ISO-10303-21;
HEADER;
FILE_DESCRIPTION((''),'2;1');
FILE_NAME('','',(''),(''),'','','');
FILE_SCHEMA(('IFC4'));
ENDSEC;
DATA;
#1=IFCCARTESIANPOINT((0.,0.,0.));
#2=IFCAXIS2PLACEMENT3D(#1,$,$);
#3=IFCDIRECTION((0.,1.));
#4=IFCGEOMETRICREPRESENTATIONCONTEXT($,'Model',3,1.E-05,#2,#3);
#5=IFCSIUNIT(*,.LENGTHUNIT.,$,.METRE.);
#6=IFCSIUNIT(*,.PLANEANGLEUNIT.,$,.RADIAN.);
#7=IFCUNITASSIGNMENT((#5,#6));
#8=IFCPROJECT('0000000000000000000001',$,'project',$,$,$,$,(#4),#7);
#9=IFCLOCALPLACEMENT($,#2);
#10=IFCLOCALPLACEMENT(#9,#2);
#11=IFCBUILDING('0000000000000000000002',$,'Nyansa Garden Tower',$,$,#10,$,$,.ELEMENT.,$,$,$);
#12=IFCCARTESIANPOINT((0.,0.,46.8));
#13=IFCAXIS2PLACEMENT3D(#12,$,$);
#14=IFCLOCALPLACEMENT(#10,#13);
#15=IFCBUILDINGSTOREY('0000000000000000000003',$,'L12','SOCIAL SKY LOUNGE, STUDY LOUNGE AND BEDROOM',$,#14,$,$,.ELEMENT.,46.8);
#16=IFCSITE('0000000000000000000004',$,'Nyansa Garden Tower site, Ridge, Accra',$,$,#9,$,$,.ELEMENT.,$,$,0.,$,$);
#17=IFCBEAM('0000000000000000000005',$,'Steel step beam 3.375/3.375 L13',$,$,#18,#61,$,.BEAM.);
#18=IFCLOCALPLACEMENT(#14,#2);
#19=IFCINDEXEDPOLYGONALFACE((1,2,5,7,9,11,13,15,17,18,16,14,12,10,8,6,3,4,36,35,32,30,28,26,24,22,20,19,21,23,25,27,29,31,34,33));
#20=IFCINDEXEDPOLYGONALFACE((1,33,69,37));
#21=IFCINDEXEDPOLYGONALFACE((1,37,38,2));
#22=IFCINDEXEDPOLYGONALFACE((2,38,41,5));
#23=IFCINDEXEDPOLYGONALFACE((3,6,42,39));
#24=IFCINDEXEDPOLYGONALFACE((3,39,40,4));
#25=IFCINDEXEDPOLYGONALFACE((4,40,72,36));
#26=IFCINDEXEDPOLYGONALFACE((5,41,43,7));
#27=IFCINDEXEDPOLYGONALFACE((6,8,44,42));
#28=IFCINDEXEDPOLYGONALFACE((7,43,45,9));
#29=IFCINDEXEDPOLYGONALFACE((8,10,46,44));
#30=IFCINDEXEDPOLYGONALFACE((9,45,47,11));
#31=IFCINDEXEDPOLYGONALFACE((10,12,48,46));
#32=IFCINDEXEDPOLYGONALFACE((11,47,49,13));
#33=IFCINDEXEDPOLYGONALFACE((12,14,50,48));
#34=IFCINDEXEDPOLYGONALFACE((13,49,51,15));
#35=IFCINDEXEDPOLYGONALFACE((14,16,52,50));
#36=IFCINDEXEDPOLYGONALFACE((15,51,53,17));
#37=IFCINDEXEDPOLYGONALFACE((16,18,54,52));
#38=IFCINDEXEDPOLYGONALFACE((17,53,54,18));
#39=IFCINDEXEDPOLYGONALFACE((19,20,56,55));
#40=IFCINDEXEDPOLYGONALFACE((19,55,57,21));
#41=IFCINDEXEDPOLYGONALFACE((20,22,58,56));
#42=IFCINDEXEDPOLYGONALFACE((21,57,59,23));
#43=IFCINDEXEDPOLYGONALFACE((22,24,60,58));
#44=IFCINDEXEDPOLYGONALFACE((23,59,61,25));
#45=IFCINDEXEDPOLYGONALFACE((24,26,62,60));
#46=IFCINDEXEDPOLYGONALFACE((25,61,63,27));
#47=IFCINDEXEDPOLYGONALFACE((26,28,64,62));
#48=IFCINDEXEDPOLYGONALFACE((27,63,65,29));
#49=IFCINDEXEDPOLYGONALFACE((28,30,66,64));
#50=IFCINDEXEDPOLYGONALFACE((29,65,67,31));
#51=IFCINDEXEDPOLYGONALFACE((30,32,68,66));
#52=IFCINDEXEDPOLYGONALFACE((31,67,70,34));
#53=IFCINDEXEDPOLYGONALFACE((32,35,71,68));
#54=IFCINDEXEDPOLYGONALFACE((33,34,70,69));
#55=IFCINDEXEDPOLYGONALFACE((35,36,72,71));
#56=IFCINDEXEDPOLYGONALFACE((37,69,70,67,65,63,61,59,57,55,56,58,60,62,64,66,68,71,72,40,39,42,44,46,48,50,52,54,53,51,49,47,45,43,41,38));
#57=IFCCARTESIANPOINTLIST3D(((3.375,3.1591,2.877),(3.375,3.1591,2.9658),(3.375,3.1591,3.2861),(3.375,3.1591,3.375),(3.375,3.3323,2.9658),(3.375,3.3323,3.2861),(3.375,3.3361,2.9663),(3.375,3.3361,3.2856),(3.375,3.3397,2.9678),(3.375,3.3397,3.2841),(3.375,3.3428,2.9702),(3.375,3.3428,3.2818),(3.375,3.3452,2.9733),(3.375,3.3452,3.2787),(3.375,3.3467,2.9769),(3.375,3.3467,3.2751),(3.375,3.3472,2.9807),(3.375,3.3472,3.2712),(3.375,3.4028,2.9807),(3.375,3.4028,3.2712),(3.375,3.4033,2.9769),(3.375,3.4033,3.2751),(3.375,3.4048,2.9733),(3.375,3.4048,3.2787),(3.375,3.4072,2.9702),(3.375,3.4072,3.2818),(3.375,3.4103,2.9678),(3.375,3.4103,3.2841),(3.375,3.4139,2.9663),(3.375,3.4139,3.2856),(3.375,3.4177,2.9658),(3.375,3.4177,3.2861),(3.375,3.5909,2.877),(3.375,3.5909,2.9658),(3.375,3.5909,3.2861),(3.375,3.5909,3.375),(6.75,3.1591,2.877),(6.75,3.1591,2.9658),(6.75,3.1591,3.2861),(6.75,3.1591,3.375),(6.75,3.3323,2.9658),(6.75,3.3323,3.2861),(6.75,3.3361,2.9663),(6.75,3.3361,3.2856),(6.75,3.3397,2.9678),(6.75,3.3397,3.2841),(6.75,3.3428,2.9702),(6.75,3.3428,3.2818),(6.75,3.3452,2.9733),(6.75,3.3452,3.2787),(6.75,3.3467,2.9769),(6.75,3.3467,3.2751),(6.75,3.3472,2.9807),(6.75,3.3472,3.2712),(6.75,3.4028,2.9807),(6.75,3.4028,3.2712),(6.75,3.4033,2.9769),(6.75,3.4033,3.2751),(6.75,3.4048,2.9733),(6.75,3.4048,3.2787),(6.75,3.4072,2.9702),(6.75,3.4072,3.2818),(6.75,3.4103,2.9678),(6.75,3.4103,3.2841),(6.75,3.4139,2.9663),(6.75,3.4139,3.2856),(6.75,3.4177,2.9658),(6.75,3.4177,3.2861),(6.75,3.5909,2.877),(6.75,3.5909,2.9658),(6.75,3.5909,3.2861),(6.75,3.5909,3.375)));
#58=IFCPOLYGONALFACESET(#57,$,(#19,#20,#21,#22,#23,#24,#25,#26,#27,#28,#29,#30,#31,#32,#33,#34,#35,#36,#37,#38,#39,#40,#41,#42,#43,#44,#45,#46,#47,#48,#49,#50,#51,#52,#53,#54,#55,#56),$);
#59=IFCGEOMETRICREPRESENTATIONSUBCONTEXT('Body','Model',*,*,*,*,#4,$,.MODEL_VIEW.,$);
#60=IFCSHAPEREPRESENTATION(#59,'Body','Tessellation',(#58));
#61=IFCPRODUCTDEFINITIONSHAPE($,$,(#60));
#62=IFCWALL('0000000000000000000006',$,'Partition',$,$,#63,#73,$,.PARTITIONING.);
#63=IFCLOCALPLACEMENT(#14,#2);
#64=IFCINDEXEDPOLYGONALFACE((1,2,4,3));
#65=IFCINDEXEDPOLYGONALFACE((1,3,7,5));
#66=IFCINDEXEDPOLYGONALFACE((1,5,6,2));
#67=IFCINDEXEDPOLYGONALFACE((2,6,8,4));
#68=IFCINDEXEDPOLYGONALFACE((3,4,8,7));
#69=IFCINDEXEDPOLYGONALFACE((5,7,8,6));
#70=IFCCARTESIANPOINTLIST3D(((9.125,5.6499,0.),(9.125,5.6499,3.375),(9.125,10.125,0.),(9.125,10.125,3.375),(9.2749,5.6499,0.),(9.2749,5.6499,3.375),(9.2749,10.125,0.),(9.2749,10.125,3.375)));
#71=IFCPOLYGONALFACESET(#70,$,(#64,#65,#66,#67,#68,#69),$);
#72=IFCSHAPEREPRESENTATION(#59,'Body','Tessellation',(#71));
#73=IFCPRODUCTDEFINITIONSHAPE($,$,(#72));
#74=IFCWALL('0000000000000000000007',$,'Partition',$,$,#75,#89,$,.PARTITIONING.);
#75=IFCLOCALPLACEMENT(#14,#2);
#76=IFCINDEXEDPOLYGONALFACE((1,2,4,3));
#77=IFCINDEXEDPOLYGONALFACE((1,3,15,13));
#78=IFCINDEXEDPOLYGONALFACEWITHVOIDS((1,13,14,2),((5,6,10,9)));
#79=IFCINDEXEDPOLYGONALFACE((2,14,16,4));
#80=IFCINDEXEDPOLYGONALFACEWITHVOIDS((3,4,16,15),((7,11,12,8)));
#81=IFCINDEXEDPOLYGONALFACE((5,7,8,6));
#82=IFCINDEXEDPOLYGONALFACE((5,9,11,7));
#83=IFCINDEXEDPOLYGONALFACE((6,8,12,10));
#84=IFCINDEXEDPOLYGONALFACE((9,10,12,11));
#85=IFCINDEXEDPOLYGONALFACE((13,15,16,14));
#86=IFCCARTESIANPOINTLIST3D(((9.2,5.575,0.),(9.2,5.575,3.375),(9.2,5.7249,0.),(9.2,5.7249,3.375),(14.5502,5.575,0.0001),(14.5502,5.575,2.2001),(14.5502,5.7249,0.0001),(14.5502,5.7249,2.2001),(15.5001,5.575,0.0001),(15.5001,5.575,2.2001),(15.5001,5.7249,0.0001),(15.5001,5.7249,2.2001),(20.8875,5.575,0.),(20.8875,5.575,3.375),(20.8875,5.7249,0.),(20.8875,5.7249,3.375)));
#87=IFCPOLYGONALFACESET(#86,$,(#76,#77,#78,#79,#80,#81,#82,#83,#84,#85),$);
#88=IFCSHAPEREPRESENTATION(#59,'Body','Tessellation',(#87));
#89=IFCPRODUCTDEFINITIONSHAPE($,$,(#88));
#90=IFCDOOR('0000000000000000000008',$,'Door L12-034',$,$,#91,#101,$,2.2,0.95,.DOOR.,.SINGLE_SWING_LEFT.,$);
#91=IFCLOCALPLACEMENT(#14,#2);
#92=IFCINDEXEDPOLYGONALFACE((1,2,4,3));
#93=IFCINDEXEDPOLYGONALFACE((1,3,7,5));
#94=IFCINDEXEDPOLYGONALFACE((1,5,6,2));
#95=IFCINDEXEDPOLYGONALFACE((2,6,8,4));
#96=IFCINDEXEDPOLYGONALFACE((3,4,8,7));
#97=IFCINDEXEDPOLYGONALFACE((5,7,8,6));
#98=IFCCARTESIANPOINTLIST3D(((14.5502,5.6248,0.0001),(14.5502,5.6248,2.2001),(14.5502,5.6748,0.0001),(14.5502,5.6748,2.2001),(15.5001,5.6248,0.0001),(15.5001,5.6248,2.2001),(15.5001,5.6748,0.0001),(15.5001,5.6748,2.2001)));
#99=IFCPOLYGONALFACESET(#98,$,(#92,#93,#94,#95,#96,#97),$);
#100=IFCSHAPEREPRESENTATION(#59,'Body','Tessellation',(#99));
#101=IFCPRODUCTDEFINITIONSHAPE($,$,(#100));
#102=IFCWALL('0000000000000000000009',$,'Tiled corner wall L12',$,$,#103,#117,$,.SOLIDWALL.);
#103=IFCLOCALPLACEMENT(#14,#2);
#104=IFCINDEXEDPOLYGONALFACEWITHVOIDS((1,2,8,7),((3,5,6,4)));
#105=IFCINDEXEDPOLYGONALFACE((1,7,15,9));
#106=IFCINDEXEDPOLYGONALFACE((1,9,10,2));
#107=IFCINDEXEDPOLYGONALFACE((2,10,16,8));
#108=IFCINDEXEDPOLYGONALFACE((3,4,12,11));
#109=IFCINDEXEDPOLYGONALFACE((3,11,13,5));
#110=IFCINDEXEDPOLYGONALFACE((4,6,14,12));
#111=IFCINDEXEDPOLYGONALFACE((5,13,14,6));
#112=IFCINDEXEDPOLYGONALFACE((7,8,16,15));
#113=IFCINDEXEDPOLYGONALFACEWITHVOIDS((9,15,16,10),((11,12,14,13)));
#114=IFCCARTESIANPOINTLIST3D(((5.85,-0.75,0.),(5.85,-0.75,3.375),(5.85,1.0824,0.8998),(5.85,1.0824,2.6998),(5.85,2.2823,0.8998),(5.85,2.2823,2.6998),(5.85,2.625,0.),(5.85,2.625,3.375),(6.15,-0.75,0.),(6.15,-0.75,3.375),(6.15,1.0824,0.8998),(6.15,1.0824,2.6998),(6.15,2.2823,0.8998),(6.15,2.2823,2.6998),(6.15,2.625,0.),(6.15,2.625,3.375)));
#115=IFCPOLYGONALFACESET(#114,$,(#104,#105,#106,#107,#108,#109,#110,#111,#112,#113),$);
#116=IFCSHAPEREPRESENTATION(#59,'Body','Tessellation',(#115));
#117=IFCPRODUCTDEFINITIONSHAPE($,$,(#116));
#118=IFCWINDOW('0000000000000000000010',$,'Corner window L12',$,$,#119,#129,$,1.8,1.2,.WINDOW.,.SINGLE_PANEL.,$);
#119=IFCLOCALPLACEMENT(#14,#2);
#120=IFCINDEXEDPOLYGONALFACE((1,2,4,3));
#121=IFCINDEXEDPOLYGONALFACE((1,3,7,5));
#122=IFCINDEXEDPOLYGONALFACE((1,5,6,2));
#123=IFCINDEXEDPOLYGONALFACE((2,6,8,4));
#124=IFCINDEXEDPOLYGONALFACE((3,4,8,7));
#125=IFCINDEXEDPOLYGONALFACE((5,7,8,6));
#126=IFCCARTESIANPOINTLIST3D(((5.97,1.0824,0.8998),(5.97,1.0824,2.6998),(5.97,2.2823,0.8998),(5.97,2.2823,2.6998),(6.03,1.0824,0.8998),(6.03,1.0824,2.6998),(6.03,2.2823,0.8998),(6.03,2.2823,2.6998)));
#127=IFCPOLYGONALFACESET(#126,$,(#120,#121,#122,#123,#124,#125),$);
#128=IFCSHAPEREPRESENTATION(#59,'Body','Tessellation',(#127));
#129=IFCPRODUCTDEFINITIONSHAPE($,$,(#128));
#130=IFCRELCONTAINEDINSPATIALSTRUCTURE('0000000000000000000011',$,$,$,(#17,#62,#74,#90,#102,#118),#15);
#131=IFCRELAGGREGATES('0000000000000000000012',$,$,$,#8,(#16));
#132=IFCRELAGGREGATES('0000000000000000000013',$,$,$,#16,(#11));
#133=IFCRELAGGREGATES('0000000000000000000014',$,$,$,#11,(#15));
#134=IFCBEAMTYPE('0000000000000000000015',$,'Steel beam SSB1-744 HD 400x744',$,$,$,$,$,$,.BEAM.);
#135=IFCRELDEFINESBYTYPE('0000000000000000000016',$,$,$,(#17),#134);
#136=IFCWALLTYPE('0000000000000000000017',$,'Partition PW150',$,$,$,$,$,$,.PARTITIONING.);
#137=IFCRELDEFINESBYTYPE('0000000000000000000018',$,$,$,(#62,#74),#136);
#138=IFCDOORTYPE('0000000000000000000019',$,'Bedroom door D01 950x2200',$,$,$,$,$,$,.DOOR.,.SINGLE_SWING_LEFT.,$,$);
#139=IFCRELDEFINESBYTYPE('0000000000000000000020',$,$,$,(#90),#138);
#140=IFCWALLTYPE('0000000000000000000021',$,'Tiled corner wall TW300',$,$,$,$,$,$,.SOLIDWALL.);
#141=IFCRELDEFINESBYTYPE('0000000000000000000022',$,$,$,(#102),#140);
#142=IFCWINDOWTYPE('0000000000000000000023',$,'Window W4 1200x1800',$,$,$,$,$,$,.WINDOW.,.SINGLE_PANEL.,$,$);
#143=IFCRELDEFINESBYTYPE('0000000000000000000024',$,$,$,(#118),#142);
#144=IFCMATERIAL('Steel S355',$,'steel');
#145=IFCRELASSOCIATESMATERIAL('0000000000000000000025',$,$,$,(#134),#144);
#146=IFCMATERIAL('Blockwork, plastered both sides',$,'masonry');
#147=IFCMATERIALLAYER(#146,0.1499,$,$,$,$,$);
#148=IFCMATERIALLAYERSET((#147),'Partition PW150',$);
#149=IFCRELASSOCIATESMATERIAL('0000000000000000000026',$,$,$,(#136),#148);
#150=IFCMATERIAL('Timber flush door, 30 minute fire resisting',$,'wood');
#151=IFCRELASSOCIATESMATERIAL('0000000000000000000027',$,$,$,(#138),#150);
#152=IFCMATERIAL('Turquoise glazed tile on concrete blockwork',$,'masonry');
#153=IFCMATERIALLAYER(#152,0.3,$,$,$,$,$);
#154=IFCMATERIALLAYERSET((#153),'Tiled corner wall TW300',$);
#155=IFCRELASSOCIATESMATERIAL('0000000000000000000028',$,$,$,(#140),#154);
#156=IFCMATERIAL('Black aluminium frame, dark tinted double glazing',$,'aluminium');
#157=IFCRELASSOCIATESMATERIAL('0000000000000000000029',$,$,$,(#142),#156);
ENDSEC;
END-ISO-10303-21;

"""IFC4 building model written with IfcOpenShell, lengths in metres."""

from ifc_helpers import new_model, si_unit, direction, frame, frame_2d, origin, origin_2d, place, context, subcontext, project, spatial, rectangle, i_section, extrude, material, layer, layer_set, material_profile, profile_set, type_object, element, fill, save


model = new_model("IFC4")

# Units and contexts
model_context = context("Model", 3, precision=1e-05, world=origin(), true_north=direction((0.0, 1.0)))
body_context = subcontext(model_context, "Body", "Model", "MODEL_VIEW")
ifc_project = project(units=[si_unit("LENGTHUNIT", "METRE"), si_unit("PLANEANGLEUNIT", "RADIAN")], contexts=[model_context])

# Site, building, storey
site_placement = place(None, origin())
site = spatial("IfcSite", under=ifc_project, at=site_placement, Name="Nyansa Garden Tower site, Ridge, Accra", CompositionType="ELEMENT", RefElevation=0.0)
building_placement = place(site_placement, origin())
building = spatial("IfcBuilding", under=site, at=building_placement, Name="Nyansa Garden Tower", CompositionType="ELEMENT")
storey_placement = place(building_placement, frame((0.0, 0.0, 46.8)))
storey = spatial("IfcBuildingStorey", under=building, at=storey_placement, Name="L12", Description="SOCIAL SKY LOUNGE, STUDY LOUNGE AND BEDROOM", CompositionType="ELEMENT", Elevation=46.8)

# Beam
ifc_material_1 = material(Name="Steel S355", Category="steel")
ifc_material_profile_1 = material_profile(ifc_material_1, i_section(OverallWidth=0.4319, OverallDepth=0.498, WebThickness=0.0557, FlangeThickness=0.0889, FilletRadius=0.0149, at=origin_2d()), Name="HD 400x744")
ifc_profile_set_1 = profile_set([ifc_material_profile_1], Name="Steel S355")
beam_type_1 = type_object("IfcBeamType", Name="Steel beam SSB1-744 HD 400x744", PredefinedType="BEAM", material=ifc_profile_set_1)
beam_1_placement = place(storey_placement, frame((3.375, 3.375, 3.126), z_axis=(1.0, 0.0, 0.0), x_axis=(0.0, 1.0, 0.0)))
element("IfcBeam", 1, at=beam_1_placement, inside=storey, type_object=beam_type_1, Name="Steel step beam 3.375/3.375 L13", PredefinedType="BEAM", context=body_context, shape_type="SweptSolid", body=[
    extrude(i_section(OverallWidth=0.4319, OverallDepth=0.498, WebThickness=0.0557, FlangeThickness=0.0889, FilletRadius=0.0149, at=origin_2d()), origin(), (0.0, 0.0, 1.0), 3.375),
])

# Wall
ifc_material_2 = material(Name="Blockwork, plastered both sides", Category="masonry")
ifc_layer_1 = layer(ifc_material_2, 0.1499)
ifc_layer_set_1 = layer_set([ifc_layer_1], Name="Partition PW150")
wall_type_1 = type_object("IfcWallType", Name="Partition PW150", PredefinedType="PARTITIONING", material=ifc_layer_set_1)
wall_1_placement = place(storey_placement, frame((9.2, 5.6499, 0.0), z_axis=(0.0, 0.0, 1.0), x_axis=(0.0, 1.0, 0.0)))
element("IfcWall", 2, at=wall_1_placement, inside=storey, type_object=wall_type_1, Name="Partition", PredefinedType="PARTITIONING", context=body_context, shape_type="SweptSolid", body=[
    extrude(rectangle(XDim=4.4751, YDim=0.1499, at=frame_2d((2.2375, 0.0))), origin(), (0.0, 0.0, 1.0), 3.375),
])

# Wall, opening, door
wall_2_placement = place(storey_placement, frame((9.2, 5.6499, 0.0), z_axis=(0.0, 0.0, 1.0), x_axis=(1.0, 0.0, 0.0)))
wall_2 = element("IfcWall", 3, at=wall_2_placement, inside=storey, type_object=wall_type_1, Name="Partition", PredefinedType="PARTITIONING", context=body_context, shape_type="SweptSolid", body=[
    extrude(rectangle(XDim=11.6875, YDim=0.1499, at=frame_2d((5.8438, 0.0))), origin(), (0.0, 0.0, 1.0), 3.375),
])
opening_1_placement = place(wall_2_placement, frame((5.3501, 0.0, 0.0)))
opening_1 = element("IfcOpeningElement", 4, at=opening_1_placement, cuts=wall_2, PredefinedType="OPENING", context=body_context, shape_type="SweptSolid", body=[
    extrude(rectangle(XDim=0.95, YDim=2.2, at=frame_2d((0.4751, 1.1001))), frame((0.0, 0.085, 0.0), z_axis=(0.0, -1.0, 0.0), x_axis=(1.0, 0.0, 0.0)), (0.0, 0.0, 1.0), 0.1699),
])
ifc_material_3 = material(Name="Timber flush door, 30 minute fire resisting", Category="wood")
door_type_1 = type_object("IfcDoorType", Name="Bedroom door D01 950x2200", OperationType="SINGLE_SWING_LEFT", PredefinedType="DOOR", material=ifc_material_3)
door_1_placement = place(opening_1_placement, origin())
door_1 = element("IfcDoor", 5, at=door_1_placement, inside=storey, type_object=door_type_1, Name="Door L12-034", OperationType="SINGLE_SWING_LEFT", OverallHeight=2.2, OverallWidth=0.95, PredefinedType="DOOR", context=body_context, shape_type="SweptSolid", body=[
    extrude(rectangle(XDim=0.95, YDim=2.2, at=frame_2d((0.4751, 1.1001))), frame((0.0, 0.0249, 0.0), z_axis=(0.0, -1.0, 0.0), x_axis=(1.0, 0.0, 0.0)), (0.0, 0.0, 1.0), 0.05),
])
fill(opening_1, door_1)

# Wall, opening, window
ifc_material_4 = material(Name="Turquoise glazed tile on concrete blockwork", Category="masonry")
ifc_layer_2 = layer(ifc_material_4, 0.3)
ifc_layer_set_2 = layer_set([ifc_layer_2], Name="Tiled corner wall TW300")
wall_type_2 = type_object("IfcWallType", Name="Tiled corner wall TW300", PredefinedType="SOLIDWALL", material=ifc_layer_set_2)
wall_3_placement = place(storey_placement, frame((6.0, 2.625, 0.0), z_axis=(0.0, 0.0, 1.0), x_axis=(0.0, -1.0, 0.0)))
wall_3 = element("IfcWall", 6, at=wall_3_placement, inside=storey, type_object=wall_type_2, Name="Tiled corner wall L12", PredefinedType="SOLIDWALL", context=body_context, shape_type="SweptSolid", body=[
    extrude(rectangle(XDim=3.375, YDim=0.3, at=frame_2d((1.6875, 0.0))), origin(), (0.0, 0.0, 1.0), 3.375),
])
opening_2_placement = place(wall_3_placement, frame((0.3425, 0.0, 0.8999)))
opening_2 = element("IfcOpeningElement", 7, at=opening_2_placement, cuts=wall_3, PredefinedType="OPENING", context=body_context, shape_type="SweptSolid", body=[
    extrude(rectangle(XDim=1.2, YDim=1.8, at=frame_2d((0.6001, 0.8999))), frame((0.0, 0.1599, 0.0), z_axis=(0.0, -1.0, 0.0), x_axis=(1.0, 0.0, 0.0)), (0.0, 0.0, 1.0), 0.3201),
])
ifc_material_5 = material(Name="Black aluminium frame, dark tinted double glazing", Category="aluminium")
window_type = type_object("IfcWindowType", Name="Window W4 1200x1800", PartitioningType="SINGLE_PANEL", PredefinedType="WINDOW", material=ifc_material_5)
window_placement = place(opening_2_placement, origin())
window = element("IfcWindow", 8, at=window_placement, inside=storey, type_object=window_type, Name="Corner window L12", OverallHeight=1.8, OverallWidth=1.2, PartitioningType="SINGLE_PANEL", PredefinedType="WINDOW", context=body_context, shape_type="SweptSolid", body=[
    extrude(rectangle(XDim=1.2, YDim=1.8, at=frame_2d((0.6001, 0.8999))), frame((0.0, 0.03, 0.0), z_axis=(0.0, -1.0, 0.0), x_axis=(1.0, 0.0, 0.0)), (0.0, 0.0, 1.0), 0.0601),
])
fill(opening_2, window)

save(model, "model.ifc")
